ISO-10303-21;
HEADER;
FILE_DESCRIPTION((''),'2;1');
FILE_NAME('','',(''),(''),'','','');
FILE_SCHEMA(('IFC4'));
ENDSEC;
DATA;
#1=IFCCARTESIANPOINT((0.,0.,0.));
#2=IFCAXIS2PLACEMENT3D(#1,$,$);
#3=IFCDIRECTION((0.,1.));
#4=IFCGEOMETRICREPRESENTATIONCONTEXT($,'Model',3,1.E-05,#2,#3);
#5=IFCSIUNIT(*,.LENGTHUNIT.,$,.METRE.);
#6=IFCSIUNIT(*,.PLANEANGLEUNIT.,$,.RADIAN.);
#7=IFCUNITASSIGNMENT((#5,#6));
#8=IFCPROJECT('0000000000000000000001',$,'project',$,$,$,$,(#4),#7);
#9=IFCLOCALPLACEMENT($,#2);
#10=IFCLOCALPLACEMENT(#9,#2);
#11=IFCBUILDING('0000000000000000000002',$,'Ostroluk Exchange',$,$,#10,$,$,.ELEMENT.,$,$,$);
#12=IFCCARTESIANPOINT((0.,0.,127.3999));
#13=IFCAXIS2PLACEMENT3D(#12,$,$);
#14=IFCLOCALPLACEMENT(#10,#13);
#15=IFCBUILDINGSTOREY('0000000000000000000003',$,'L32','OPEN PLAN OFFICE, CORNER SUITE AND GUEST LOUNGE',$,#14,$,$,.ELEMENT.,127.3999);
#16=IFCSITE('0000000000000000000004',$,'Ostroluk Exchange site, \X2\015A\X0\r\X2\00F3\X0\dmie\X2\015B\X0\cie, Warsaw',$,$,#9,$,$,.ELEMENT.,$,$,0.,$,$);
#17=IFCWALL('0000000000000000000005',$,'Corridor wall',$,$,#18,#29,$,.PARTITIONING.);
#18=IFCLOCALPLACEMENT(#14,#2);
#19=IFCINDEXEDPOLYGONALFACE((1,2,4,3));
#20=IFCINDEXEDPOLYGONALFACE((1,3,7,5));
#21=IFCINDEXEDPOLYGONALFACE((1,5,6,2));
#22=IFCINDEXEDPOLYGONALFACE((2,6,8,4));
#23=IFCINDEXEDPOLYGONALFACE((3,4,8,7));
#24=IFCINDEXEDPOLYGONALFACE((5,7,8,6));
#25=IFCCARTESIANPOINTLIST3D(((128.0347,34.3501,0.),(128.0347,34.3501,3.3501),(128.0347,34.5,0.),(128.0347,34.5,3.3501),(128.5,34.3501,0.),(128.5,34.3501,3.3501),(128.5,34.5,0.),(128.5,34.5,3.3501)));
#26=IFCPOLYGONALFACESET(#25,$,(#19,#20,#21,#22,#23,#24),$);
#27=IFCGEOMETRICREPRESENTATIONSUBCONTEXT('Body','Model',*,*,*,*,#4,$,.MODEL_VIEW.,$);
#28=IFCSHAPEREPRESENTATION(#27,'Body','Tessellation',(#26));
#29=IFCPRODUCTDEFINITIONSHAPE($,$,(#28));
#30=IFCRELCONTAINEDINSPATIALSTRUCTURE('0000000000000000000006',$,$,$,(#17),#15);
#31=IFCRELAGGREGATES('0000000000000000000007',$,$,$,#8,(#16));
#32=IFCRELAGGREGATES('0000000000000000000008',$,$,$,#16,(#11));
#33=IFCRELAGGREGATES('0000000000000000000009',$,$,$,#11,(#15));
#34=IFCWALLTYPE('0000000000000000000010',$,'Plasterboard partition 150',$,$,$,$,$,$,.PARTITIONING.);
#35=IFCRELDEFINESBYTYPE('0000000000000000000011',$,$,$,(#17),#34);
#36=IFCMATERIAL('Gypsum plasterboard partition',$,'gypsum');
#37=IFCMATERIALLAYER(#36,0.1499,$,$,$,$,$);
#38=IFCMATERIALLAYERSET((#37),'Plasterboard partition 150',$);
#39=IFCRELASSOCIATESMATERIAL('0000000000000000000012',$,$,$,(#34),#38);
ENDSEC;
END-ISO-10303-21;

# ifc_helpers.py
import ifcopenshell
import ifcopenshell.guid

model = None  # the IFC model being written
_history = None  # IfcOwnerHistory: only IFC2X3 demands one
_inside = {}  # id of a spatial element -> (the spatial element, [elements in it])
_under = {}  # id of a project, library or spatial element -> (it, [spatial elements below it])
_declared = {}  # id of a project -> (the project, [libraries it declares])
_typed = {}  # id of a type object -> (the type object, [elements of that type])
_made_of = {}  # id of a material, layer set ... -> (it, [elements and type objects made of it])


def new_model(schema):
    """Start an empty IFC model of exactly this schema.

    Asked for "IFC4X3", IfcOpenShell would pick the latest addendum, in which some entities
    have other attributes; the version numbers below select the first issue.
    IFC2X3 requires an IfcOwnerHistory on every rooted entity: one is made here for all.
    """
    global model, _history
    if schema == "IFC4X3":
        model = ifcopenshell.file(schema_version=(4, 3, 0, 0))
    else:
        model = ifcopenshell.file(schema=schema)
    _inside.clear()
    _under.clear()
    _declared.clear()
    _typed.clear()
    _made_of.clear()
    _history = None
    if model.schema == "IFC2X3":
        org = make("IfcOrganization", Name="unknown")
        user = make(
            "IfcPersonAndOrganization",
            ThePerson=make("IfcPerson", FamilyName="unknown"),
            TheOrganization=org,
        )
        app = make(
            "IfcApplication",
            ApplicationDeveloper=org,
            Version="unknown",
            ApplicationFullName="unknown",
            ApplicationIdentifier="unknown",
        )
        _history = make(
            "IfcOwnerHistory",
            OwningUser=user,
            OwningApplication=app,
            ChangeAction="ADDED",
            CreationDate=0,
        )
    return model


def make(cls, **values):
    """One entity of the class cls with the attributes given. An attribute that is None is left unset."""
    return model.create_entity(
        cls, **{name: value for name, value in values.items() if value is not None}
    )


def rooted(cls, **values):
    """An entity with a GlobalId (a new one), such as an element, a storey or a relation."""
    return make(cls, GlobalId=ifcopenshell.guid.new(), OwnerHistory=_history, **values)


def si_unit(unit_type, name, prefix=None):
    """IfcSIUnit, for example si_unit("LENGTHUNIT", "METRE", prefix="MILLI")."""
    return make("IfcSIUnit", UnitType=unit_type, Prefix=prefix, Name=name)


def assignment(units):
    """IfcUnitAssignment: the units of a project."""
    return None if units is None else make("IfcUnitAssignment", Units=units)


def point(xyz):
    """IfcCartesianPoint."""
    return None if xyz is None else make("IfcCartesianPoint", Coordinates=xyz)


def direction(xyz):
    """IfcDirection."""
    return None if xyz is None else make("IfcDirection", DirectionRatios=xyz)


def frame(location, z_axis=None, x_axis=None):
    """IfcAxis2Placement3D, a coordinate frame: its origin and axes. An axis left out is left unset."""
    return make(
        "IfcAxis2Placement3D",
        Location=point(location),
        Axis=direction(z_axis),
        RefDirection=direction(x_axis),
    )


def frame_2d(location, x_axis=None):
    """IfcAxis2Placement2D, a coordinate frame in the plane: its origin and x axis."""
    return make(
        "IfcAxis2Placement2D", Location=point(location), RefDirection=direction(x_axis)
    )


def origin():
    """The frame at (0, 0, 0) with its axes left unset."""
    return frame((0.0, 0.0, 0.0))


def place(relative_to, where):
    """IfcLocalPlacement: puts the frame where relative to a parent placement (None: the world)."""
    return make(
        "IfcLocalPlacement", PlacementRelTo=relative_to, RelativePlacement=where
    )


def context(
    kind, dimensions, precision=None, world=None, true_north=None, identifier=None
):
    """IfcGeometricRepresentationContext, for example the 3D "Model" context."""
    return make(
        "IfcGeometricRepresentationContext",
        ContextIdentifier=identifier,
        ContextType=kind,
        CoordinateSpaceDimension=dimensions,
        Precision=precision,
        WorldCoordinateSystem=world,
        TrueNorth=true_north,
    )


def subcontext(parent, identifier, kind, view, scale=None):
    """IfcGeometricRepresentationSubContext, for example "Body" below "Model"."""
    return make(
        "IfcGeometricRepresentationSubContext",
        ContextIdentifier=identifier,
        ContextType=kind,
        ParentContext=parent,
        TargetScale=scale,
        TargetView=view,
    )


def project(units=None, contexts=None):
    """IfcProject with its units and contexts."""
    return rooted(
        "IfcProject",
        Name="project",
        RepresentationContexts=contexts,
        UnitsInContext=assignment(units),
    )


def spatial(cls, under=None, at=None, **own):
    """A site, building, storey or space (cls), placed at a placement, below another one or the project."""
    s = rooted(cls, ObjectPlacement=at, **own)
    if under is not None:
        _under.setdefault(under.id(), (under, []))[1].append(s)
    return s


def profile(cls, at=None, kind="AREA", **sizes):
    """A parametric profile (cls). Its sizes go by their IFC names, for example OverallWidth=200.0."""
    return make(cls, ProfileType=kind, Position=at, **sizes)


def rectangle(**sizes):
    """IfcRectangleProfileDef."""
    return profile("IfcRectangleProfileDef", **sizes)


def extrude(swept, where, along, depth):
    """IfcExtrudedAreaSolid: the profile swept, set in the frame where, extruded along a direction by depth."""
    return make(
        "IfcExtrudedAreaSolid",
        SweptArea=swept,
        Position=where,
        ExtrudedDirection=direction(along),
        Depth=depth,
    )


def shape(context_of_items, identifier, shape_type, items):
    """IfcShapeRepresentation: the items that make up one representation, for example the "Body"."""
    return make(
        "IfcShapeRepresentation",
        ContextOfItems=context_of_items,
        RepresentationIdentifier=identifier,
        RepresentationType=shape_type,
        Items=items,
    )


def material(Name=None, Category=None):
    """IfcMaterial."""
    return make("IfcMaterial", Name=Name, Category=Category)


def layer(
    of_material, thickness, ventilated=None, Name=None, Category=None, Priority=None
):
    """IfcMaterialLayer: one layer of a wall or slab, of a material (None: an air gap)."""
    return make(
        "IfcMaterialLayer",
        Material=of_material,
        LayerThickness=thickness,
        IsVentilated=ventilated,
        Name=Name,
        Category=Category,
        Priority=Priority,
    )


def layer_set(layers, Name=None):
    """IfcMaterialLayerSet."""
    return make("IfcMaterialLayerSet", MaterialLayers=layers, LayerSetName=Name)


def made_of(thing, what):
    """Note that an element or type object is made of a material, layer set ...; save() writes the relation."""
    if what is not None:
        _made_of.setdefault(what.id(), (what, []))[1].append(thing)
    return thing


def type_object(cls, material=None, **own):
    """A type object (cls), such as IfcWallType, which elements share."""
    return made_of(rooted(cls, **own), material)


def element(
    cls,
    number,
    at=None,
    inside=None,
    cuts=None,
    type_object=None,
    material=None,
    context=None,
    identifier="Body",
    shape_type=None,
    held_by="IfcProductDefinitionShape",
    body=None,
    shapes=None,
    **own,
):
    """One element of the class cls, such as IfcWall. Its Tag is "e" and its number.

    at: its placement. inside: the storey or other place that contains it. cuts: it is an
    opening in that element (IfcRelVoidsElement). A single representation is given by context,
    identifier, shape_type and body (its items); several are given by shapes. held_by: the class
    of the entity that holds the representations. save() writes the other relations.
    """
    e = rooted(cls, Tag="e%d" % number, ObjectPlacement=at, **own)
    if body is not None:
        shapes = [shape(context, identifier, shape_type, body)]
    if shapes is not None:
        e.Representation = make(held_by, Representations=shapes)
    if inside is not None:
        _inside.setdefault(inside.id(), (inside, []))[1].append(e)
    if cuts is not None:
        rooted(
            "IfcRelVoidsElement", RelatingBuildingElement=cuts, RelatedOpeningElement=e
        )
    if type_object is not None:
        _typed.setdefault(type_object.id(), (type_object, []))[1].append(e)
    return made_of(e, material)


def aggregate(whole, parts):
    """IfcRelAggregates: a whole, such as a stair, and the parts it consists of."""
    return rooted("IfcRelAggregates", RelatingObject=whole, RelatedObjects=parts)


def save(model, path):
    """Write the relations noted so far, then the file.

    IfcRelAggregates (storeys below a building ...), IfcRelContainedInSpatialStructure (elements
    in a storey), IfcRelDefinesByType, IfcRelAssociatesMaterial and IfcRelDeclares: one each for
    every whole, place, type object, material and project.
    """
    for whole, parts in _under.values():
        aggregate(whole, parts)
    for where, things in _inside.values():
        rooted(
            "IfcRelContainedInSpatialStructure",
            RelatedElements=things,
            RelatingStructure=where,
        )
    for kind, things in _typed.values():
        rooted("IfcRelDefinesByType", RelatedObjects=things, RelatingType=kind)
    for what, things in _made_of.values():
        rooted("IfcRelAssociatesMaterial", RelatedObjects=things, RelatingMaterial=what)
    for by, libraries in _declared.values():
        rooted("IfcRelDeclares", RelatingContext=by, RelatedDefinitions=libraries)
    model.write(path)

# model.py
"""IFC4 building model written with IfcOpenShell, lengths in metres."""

from ifc_helpers import new_model, si_unit, direction, frame, frame_2d, origin, place, context, subcontext, project, spatial, rectangle, extrude, material, layer, layer_set, type_object, element, save


model = new_model("IFC4")

# Units and contexts
model_context = context("Model", 3, precision=1e-05, world=origin(), true_north=direction((0.0, 1.0)))
body_context = subcontext(model_context, "Body", "Model", "MODEL_VIEW")
ifc_project = project(units=[si_unit("LENGTHUNIT", "METRE"), si_unit("PLANEANGLEUNIT", "RADIAN")], contexts=[model_context])

# Site, building, storey
site_placement = place(None, origin())
site = spatial("IfcSite", under=ifc_project, at=site_placement, Name="Ostroluk Exchange site, Śródmieście, Warsaw", CompositionType="ELEMENT", RefElevation=0.0)
building_placement = place(site_placement, origin())
building = spatial("IfcBuilding", under=site, at=building_placement, Name="Ostroluk Exchange", CompositionType="ELEMENT")
storey_placement = place(building_placement, frame((0.0, 0.0, 127.3999)))
storey = spatial("IfcBuildingStorey", under=building, at=storey_placement, Name="L32", Description="OPEN PLAN OFFICE, CORNER SUITE AND GUEST LOUNGE", CompositionType="ELEMENT", Elevation=127.3999)

# Wall
ifc_material_1 = material(Name="Gypsum plasterboard partition", Category="gypsum")
ifc_layer_1 = layer(ifc_material_1, 0.1499)
ifc_layer_set_1 = layer_set([ifc_layer_1], Name="Plasterboard partition 150")
wall_type_1 = type_object("IfcWallType", Name="Plasterboard partition 150", PredefinedType="PARTITIONING", material=ifc_layer_set_1)
wall_1_placement = place(storey_placement, frame((128.0347, 34.425, 0.0), z_axis=(0.0, 0.0, 1.0), x_axis=(1.0, 0.0, 0.0)))
element("IfcWall", 1, at=wall_1_placement, inside=storey, type_object=wall_type_1, Name="Corridor wall", PredefinedType="PARTITIONING", context=body_context, shape_type="SweptSolid", body=[
    extrude(rectangle(XDim=0.4653, YDim=0.1499, at=frame_2d((0.2327, 0.0))), origin(), (0.0, 0.0, 1.0), 3.3501),
])

save(model, "model.ifc")
